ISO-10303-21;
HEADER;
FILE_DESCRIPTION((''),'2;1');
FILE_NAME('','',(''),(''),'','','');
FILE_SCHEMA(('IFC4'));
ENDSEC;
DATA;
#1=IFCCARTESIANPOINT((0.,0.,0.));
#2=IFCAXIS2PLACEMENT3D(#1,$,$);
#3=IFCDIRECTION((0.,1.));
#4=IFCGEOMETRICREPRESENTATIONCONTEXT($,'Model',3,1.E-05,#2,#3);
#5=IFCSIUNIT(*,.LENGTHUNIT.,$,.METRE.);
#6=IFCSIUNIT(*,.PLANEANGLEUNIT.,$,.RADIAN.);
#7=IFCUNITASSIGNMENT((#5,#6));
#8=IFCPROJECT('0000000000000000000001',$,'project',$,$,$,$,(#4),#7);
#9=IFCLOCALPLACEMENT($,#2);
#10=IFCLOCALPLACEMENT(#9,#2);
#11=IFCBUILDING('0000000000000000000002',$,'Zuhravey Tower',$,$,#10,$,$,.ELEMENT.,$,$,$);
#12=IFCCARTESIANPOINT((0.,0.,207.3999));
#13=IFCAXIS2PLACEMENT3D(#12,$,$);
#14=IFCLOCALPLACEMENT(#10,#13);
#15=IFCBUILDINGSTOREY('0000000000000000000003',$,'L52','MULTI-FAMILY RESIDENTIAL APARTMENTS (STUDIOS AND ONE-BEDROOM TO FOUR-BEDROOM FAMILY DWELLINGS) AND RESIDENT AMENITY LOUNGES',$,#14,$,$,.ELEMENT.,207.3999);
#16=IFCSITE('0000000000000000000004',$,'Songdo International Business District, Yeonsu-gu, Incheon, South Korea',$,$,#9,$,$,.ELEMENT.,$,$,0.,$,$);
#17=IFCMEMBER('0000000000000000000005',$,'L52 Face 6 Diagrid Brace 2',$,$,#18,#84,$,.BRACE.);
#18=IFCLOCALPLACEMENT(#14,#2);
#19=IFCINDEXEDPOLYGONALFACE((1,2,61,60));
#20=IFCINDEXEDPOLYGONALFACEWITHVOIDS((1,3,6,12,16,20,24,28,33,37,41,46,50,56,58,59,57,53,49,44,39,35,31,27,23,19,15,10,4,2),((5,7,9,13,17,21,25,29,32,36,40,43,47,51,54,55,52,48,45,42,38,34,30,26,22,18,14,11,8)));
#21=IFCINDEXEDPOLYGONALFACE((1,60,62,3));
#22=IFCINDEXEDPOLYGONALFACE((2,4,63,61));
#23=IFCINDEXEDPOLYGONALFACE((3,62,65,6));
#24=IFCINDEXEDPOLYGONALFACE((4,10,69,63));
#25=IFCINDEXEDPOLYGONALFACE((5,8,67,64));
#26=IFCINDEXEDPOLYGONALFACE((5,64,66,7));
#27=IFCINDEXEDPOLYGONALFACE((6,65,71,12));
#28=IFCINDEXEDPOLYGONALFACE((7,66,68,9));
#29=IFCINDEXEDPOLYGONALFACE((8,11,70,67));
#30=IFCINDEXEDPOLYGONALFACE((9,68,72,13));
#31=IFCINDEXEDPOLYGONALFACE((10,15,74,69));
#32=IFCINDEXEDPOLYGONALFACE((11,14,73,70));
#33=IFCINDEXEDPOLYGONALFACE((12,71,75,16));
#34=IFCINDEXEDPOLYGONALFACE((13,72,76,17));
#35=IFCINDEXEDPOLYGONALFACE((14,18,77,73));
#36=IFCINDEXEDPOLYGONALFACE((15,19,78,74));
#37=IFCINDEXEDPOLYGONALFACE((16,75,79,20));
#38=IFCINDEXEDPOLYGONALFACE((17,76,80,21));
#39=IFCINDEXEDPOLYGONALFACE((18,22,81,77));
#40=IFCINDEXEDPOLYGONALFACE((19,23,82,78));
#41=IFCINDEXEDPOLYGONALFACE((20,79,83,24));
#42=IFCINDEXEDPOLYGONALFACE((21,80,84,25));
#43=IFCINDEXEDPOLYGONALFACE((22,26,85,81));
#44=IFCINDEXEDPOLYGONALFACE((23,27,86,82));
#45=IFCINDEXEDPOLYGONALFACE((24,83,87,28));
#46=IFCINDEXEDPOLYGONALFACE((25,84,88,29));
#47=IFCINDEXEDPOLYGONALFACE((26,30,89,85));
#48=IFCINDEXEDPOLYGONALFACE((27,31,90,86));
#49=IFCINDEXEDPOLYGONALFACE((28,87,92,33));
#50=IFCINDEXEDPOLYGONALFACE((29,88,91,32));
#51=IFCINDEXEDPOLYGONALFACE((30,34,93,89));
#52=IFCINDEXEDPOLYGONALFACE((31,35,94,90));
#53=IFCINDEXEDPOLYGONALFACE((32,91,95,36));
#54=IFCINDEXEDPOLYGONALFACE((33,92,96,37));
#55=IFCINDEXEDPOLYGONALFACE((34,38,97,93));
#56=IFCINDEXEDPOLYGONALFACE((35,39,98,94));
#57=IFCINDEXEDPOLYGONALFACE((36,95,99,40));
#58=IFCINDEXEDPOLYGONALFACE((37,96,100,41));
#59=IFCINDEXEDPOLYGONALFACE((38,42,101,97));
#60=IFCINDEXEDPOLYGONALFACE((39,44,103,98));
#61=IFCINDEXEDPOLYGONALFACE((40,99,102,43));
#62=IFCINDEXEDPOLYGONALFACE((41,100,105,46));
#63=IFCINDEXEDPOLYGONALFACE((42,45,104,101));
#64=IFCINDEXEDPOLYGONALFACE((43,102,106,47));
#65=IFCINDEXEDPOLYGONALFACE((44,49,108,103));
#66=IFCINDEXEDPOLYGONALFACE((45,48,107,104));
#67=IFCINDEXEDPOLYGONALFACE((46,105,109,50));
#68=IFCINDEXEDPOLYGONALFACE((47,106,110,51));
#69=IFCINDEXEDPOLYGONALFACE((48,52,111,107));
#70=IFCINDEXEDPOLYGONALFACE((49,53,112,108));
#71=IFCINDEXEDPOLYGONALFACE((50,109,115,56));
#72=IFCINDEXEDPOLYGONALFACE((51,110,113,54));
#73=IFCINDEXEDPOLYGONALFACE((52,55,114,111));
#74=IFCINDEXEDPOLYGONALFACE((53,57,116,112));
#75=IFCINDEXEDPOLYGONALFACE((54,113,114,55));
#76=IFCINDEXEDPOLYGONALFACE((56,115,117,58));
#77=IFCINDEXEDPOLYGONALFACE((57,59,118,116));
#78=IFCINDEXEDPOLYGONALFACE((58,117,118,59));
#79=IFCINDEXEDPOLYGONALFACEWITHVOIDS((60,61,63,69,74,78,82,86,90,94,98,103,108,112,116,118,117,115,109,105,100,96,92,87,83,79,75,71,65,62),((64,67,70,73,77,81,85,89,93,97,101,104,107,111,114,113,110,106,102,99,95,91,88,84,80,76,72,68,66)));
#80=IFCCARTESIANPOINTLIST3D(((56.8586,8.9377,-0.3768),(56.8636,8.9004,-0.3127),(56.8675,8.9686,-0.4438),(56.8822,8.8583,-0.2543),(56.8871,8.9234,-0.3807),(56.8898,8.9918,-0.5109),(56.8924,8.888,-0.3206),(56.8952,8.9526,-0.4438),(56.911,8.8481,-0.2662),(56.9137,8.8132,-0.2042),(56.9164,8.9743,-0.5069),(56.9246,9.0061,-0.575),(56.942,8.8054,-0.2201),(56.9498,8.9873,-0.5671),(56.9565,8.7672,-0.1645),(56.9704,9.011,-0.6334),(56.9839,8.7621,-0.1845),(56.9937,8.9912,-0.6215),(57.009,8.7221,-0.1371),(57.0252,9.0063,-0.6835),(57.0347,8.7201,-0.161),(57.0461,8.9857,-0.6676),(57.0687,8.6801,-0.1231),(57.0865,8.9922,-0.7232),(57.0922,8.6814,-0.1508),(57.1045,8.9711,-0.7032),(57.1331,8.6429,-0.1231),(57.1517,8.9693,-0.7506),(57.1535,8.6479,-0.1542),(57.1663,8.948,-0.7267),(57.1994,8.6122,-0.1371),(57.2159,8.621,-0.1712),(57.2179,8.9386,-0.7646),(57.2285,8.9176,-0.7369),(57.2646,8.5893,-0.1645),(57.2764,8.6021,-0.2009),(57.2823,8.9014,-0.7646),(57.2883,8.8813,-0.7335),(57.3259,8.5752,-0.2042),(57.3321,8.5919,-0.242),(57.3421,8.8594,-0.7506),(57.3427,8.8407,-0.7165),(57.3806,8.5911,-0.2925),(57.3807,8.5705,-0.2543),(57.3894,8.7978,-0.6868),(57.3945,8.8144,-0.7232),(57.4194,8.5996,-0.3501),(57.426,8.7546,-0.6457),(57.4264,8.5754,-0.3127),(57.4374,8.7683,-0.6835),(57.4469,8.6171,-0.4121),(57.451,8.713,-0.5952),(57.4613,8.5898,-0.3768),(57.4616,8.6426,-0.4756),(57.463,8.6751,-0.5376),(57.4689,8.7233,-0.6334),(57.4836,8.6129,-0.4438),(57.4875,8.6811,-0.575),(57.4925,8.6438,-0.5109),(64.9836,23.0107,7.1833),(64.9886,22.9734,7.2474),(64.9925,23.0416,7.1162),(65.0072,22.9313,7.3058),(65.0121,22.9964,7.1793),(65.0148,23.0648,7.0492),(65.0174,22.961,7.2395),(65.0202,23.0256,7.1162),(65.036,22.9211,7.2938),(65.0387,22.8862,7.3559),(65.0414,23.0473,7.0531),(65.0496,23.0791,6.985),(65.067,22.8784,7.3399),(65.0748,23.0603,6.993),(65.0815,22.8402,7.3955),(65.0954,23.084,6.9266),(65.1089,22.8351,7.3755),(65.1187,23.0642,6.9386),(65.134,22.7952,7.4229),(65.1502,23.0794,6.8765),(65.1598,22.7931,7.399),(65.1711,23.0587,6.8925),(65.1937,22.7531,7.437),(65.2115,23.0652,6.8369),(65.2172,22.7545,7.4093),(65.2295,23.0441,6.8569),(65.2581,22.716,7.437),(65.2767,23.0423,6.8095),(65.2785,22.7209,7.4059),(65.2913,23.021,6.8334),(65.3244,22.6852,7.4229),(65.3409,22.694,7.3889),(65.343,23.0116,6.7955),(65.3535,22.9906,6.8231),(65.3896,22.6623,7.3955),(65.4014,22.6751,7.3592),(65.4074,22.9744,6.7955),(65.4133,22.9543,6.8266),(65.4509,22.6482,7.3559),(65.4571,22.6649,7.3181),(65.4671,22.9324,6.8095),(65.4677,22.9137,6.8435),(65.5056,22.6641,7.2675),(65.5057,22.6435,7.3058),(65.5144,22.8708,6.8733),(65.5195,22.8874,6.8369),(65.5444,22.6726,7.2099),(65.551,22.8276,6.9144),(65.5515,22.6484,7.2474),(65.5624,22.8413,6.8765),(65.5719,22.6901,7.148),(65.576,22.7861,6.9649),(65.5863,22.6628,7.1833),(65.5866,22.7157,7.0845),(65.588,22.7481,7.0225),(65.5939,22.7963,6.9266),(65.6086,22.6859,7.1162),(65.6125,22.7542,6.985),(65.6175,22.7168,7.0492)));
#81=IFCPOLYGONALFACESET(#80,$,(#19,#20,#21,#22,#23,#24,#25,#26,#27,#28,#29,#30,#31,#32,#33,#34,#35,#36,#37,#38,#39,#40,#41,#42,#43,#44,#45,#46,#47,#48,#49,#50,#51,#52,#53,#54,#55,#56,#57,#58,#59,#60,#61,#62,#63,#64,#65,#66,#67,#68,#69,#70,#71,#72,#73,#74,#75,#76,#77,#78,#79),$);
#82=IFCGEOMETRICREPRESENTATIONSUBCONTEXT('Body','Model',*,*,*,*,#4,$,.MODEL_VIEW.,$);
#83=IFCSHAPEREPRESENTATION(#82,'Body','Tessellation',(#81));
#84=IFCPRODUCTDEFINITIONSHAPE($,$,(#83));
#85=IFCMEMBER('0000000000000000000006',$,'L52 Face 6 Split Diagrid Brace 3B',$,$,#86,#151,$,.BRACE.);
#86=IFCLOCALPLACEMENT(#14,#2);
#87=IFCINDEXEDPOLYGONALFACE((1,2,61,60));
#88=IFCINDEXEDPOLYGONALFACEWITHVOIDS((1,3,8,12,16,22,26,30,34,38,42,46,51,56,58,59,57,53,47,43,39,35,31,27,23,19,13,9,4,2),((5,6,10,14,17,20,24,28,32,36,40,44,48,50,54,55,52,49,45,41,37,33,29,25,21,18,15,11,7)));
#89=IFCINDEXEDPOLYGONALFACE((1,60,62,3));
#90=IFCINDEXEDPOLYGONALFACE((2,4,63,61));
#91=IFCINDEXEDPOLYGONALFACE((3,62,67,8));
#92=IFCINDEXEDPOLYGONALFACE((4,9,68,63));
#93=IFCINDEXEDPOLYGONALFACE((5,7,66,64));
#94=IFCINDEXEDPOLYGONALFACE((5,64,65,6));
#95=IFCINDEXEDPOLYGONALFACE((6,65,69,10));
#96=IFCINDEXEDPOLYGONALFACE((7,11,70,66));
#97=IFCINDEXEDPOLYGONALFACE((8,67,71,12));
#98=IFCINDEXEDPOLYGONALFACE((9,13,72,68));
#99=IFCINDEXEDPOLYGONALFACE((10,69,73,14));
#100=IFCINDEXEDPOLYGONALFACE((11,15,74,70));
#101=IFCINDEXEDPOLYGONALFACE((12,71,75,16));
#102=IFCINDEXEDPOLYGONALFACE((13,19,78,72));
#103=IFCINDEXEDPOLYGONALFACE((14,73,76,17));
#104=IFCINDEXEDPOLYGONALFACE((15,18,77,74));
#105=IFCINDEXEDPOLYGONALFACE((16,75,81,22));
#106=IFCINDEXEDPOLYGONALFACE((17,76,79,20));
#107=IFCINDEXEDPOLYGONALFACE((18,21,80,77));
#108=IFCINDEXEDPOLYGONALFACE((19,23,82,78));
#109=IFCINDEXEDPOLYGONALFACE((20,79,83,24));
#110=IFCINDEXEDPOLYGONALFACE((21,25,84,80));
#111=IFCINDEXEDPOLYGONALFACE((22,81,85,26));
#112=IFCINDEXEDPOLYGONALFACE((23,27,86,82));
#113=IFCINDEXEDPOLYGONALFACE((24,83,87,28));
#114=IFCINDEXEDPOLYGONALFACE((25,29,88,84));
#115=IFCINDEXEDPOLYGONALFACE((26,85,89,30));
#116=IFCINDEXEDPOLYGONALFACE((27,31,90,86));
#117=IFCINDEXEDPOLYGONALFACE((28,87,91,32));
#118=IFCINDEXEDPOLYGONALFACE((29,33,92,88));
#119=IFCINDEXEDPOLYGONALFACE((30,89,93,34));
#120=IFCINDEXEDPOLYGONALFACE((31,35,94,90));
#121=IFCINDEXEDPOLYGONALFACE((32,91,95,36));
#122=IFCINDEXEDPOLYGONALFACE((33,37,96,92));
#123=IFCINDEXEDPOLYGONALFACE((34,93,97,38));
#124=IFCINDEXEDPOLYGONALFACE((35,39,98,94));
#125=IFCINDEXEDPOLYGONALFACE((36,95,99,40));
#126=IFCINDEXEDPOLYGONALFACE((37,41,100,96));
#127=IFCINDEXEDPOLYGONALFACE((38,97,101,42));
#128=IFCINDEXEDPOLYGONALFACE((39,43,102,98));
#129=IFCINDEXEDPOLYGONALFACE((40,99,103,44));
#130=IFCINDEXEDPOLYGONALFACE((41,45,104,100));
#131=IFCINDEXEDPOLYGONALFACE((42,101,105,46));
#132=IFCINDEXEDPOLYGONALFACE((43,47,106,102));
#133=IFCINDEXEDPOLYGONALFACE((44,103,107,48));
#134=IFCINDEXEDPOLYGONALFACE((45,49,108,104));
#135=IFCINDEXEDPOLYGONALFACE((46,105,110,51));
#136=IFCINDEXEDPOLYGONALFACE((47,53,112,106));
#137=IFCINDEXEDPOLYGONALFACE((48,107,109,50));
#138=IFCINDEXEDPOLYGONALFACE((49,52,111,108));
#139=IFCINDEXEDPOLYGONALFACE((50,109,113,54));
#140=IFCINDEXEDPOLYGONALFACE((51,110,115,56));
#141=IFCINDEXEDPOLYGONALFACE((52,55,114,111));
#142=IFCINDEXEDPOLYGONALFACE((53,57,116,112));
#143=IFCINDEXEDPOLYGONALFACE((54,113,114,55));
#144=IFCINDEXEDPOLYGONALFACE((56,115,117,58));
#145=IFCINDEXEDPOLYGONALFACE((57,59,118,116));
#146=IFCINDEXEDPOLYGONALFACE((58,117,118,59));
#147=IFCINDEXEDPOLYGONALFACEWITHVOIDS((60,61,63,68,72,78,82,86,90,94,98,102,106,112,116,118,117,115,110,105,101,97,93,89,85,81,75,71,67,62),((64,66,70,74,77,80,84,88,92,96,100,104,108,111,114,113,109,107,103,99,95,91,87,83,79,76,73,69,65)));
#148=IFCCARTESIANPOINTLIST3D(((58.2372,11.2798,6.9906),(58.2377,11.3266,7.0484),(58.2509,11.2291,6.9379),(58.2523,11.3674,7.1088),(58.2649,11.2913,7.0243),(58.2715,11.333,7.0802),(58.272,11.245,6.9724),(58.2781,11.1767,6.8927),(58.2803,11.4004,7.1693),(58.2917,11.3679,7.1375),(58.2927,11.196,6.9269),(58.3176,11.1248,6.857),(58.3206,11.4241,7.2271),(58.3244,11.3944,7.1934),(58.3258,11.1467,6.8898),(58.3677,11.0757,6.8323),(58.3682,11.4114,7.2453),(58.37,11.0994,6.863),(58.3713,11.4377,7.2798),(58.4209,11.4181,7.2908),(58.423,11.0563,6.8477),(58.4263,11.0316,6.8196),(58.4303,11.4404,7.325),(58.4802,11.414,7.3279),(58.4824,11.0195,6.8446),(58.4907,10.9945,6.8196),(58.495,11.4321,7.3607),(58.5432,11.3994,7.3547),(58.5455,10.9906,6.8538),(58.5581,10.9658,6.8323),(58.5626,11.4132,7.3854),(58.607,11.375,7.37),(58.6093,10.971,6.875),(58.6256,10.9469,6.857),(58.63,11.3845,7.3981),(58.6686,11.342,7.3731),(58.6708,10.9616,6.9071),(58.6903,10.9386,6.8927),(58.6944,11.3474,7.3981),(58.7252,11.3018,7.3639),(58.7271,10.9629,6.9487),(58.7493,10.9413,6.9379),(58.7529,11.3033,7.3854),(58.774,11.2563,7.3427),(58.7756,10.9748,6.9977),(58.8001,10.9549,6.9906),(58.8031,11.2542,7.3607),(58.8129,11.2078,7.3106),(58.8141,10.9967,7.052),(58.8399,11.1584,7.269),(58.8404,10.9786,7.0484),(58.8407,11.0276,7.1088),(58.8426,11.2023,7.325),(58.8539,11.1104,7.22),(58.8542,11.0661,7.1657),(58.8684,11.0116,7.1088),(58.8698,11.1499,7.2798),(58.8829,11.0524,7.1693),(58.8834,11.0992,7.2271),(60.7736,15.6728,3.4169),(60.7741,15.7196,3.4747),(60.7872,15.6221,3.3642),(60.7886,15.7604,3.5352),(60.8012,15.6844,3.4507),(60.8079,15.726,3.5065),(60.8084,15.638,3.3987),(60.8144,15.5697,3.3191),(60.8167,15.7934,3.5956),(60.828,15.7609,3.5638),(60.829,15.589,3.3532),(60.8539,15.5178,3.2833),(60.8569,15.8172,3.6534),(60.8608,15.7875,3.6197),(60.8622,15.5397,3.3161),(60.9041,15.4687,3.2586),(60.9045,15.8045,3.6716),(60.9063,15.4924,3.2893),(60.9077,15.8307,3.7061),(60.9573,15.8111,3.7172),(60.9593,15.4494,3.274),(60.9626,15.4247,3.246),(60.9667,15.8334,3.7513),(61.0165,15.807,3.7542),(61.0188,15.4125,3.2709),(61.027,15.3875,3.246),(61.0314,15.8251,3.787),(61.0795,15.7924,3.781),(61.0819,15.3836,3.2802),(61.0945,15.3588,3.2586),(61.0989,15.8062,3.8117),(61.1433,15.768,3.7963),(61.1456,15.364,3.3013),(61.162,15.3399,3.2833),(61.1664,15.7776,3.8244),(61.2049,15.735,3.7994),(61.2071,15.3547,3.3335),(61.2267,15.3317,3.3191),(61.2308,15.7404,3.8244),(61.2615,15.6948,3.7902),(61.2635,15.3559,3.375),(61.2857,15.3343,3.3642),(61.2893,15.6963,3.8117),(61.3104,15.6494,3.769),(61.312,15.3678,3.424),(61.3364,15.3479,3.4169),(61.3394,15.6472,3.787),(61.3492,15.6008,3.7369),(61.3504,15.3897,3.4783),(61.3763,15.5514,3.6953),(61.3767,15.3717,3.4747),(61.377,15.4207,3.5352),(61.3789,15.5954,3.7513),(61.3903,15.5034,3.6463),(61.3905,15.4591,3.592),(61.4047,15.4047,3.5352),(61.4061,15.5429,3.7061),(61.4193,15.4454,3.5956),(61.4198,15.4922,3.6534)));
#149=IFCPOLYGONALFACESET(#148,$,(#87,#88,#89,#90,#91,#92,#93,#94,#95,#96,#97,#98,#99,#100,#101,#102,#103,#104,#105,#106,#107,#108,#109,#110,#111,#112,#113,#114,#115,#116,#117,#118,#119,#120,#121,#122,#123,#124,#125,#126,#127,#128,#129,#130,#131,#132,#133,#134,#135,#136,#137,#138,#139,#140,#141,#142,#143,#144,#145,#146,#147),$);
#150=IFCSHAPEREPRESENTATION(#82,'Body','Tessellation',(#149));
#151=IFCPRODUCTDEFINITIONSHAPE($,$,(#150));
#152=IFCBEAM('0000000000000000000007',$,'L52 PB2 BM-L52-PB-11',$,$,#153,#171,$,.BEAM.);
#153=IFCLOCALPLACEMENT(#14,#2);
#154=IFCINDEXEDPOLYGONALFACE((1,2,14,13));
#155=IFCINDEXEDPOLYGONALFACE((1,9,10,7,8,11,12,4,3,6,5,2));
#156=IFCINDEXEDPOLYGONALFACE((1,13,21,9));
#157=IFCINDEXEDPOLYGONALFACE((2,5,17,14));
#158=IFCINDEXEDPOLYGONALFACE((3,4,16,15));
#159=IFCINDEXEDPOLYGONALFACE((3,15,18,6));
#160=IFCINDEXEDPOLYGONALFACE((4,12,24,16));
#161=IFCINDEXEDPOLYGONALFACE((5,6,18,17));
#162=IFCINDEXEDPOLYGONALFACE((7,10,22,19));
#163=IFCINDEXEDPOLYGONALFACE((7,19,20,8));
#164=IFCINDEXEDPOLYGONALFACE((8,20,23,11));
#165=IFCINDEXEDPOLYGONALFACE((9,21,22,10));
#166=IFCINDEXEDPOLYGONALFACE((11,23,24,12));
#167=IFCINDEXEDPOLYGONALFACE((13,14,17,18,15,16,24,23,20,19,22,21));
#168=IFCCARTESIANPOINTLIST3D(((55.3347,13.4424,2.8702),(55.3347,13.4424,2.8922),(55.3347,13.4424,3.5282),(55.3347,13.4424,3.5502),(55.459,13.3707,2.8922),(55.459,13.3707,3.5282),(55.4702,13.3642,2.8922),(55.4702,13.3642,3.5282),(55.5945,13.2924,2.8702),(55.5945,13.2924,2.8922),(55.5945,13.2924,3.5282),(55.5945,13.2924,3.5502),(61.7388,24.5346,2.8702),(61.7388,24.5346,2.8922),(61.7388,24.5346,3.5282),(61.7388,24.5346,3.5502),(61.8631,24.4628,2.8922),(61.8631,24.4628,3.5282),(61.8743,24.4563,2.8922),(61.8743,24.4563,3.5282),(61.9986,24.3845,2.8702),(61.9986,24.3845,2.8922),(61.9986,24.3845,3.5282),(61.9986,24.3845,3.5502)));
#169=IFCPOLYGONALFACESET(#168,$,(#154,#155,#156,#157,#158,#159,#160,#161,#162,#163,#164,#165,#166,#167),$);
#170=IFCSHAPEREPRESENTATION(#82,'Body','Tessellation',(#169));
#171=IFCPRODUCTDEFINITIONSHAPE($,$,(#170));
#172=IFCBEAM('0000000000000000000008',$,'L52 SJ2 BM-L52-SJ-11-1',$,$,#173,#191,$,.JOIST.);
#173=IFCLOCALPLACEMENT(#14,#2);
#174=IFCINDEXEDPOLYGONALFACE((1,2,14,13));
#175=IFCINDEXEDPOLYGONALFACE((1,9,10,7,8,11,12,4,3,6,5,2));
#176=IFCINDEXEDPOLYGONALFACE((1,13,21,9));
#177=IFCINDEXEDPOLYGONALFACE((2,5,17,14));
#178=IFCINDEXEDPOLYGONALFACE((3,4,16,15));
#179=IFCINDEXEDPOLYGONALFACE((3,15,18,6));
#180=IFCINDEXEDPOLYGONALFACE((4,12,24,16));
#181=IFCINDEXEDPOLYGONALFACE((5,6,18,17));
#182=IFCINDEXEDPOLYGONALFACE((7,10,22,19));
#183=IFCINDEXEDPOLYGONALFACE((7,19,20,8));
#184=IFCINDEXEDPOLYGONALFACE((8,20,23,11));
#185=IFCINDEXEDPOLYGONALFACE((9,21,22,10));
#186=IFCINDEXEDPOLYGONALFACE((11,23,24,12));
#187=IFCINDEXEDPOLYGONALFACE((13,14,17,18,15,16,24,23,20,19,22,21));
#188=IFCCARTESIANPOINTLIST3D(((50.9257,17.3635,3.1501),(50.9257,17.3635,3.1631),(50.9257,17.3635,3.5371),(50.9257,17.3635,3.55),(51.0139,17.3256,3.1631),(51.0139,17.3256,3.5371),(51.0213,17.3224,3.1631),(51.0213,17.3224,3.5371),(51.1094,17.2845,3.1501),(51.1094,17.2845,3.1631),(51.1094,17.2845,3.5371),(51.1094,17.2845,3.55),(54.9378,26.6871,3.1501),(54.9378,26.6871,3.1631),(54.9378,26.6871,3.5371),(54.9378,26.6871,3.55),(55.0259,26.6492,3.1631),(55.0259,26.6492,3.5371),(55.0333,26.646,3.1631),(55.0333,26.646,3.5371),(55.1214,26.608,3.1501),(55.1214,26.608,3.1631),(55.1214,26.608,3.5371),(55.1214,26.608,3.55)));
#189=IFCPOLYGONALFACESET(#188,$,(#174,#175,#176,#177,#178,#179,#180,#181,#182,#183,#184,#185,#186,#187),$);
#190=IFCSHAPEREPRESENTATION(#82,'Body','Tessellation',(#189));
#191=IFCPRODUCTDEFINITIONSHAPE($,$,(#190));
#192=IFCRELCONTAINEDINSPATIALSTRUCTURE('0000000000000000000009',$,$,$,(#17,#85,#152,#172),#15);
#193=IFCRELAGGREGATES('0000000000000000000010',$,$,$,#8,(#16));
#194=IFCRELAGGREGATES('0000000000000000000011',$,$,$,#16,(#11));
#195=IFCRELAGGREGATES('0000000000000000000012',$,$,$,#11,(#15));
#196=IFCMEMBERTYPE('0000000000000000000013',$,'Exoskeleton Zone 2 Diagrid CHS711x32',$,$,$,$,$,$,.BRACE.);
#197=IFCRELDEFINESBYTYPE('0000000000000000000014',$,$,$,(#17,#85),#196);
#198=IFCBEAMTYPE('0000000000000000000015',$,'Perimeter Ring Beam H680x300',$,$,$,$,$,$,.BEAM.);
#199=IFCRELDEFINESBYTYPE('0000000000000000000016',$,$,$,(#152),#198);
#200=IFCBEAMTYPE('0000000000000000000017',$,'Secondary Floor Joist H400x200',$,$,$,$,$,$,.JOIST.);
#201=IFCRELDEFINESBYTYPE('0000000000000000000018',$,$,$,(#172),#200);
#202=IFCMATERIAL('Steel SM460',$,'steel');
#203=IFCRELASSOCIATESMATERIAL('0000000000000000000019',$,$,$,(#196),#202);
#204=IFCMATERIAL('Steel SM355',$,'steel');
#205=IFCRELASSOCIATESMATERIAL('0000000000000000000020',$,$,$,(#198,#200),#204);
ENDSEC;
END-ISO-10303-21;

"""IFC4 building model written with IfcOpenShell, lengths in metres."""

from ifc_helpers import new_model, si_unit, direction, frame, origin, origin_2d, place, context, subcontext, project, spatial, hollow_circle, i_section, extrude, material, material_profile, profile_set, type_object, element, save


model = new_model("IFC4")

# Units and contexts
model_context = context("Model", 3, precision=1e-05, world=origin(), true_north=direction((0.0, 1.0)))
body_context = subcontext(model_context, "Body", "Model", "MODEL_VIEW")
ifc_project = project(units=[si_unit("LENGTHUNIT", "METRE"), si_unit("PLANEANGLEUNIT", "RADIAN")], contexts=[model_context])

# Site, building, storey
site_placement = place(None, origin())
site = spatial("IfcSite", under=ifc_project, at=site_placement, Name="Songdo International Business District, Yeonsu-gu, Incheon, South Korea", CompositionType="ELEMENT", RefElevation=0.0)
building_placement = place(site_placement, origin())
building = spatial("IfcBuilding", under=site, at=building_placement, Name="Zuhravey Tower", CompositionType="ELEMENT")
storey_placement = place(building_placement, frame((0.0, 0.0, 207.3999)))
storey = spatial("IfcBuildingStorey", under=building, at=storey_placement, Name="L52", Description="MULTI-FAMILY RESIDENTIAL APARTMENTS (STUDIOS AND ONE-BEDROOM TO FOUR-BEDROOM FAMILY DWELLINGS) AND RESIDENT AMENITY LOUNGES", CompositionType="ELEMENT", Elevation=207.3999)

# Members
ifc_material_1 = material(Name="Steel SM355", Category="steel")
ifc_material_2 = material(Name="Steel SM460", Category="steel")
ifc_material_profile_1 = material_profile(ifc_material_2, hollow_circle(Radius=0.3557, WallThickness=0.032, at=origin_2d()), Name="CHS-711.2x32")
ifc_profile_set_1 = profile_set([ifc_material_profile_1], Name="Steel SM460")
member_type_1 = type_object("IfcMemberType", Name="Exoskeleton Zone 2 Diagrid CHS711x32", PredefinedType="BRACE", material=ifc_profile_set_1)
member_1_placement = place(storey_placement, frame((57.1755, 8.7908, -0.4438), z_axis=(0.453338, 0.78521, 0.421817), x_axis=(-0.866027, 0.499998, 0.0)))
element("IfcMember", 1, at=member_1_placement, inside=storey, type_object=member_type_1, Name="L52 Face 6 Diagrid Brace 2", PredefinedType="BRACE", context=body_context, shape_type="SweptSolid", body=[
    extrude(hollow_circle(Radius=0.3557, WallThickness=0.032, at=origin_2d()), origin(), (0.0, 0.0, 1.0), 17.9226),
])
member_2_placement = place(storey_placement, frame((61.0967, 15.5825, 3.5352), z_axis=(-0.408754, -0.707972, 0.57593), x_axis=(0.866022, -0.500006, 0.0)))
element("IfcMember", 2, at=member_2_placement, inside=storey, type_object=member_type_1, Name="L52 Face 6 Split Diagrid Brace 3B", PredefinedType="BRACE", context=body_context, shape_type="SweptSolid", body=[
    extrude(hollow_circle(Radius=0.3557, WallThickness=0.032, at=origin_2d()), origin(), (0.0, 0.0, 1.0), 6.2051),
])

# Beams
ifc_material_profile_2 = material_profile(ifc_material_1, i_section(OverallWidth=0.3, OverallDepth=0.6799, WebThickness=0.0129, FlangeThickness=0.022, at=origin_2d()), Name="H-680x300x13x22")
ifc_profile_set_2 = profile_set([ifc_material_profile_2], Name="Steel SM355")
beam_type_1 = type_object("IfcBeamType", Name="Perimeter Ring Beam H680x300", PredefinedType="BEAM", material=ifc_profile_set_2)
beam_1_placement = place(storey_placement, frame((55.4646, 13.3674, 3.2102), z_axis=(0.500004, 0.866023, 0.0), x_axis=(-0.866023, 0.500004, 0.0)))
element("IfcBeam", 3, at=beam_1_placement, inside=storey, type_object=beam_type_1, Name="L52 PB2 BM-L52-PB-11", PredefinedType="BEAM", context=body_context, shape_type="SweptSolid", body=[
    extrude(i_section(OverallWidth=0.3, OverallDepth=0.6799, WebThickness=0.0129, FlangeThickness=0.022, at=origin_2d()), origin(), (0.0, 0.0, 1.0), 12.8081),
])
ifc_material_profile_3 = material_profile(ifc_material_1, i_section(OverallWidth=0.2, OverallDepth=0.3999, WebThickness=0.0081, FlangeThickness=0.0129, at=origin_2d()), Name="H-400x200x8x13")
ifc_profile_set_3 = profile_set([ifc_material_profile_3], Name="Steel SM355")
beam_type_2 = type_object("IfcBeamType", Name="Secondary Floor Joist H400x200", PredefinedType="JOIST", material=ifc_profile_set_3)
beam_2_placement = place(storey_placement, frame((51.0176, 17.324, 3.3501), z_axis=(0.395266, 0.918567, 0.0), x_axis=(-0.918567, 0.395266, 0.0)))
element("IfcBeam", 4, at=beam_2_placement, inside=storey, type_object=beam_type_2, Name="L52 SJ2 BM-L52-SJ-11-1", PredefinedType="JOIST", context=body_context, shape_type="SweptSolid", body=[
    extrude(i_section(OverallWidth=0.2, OverallDepth=0.3999, WebThickness=0.0081, FlangeThickness=0.0129, at=origin_2d()), origin(), (0.0, 0.0, 1.0), 10.1501),
])

save(model, "model.ifc")
